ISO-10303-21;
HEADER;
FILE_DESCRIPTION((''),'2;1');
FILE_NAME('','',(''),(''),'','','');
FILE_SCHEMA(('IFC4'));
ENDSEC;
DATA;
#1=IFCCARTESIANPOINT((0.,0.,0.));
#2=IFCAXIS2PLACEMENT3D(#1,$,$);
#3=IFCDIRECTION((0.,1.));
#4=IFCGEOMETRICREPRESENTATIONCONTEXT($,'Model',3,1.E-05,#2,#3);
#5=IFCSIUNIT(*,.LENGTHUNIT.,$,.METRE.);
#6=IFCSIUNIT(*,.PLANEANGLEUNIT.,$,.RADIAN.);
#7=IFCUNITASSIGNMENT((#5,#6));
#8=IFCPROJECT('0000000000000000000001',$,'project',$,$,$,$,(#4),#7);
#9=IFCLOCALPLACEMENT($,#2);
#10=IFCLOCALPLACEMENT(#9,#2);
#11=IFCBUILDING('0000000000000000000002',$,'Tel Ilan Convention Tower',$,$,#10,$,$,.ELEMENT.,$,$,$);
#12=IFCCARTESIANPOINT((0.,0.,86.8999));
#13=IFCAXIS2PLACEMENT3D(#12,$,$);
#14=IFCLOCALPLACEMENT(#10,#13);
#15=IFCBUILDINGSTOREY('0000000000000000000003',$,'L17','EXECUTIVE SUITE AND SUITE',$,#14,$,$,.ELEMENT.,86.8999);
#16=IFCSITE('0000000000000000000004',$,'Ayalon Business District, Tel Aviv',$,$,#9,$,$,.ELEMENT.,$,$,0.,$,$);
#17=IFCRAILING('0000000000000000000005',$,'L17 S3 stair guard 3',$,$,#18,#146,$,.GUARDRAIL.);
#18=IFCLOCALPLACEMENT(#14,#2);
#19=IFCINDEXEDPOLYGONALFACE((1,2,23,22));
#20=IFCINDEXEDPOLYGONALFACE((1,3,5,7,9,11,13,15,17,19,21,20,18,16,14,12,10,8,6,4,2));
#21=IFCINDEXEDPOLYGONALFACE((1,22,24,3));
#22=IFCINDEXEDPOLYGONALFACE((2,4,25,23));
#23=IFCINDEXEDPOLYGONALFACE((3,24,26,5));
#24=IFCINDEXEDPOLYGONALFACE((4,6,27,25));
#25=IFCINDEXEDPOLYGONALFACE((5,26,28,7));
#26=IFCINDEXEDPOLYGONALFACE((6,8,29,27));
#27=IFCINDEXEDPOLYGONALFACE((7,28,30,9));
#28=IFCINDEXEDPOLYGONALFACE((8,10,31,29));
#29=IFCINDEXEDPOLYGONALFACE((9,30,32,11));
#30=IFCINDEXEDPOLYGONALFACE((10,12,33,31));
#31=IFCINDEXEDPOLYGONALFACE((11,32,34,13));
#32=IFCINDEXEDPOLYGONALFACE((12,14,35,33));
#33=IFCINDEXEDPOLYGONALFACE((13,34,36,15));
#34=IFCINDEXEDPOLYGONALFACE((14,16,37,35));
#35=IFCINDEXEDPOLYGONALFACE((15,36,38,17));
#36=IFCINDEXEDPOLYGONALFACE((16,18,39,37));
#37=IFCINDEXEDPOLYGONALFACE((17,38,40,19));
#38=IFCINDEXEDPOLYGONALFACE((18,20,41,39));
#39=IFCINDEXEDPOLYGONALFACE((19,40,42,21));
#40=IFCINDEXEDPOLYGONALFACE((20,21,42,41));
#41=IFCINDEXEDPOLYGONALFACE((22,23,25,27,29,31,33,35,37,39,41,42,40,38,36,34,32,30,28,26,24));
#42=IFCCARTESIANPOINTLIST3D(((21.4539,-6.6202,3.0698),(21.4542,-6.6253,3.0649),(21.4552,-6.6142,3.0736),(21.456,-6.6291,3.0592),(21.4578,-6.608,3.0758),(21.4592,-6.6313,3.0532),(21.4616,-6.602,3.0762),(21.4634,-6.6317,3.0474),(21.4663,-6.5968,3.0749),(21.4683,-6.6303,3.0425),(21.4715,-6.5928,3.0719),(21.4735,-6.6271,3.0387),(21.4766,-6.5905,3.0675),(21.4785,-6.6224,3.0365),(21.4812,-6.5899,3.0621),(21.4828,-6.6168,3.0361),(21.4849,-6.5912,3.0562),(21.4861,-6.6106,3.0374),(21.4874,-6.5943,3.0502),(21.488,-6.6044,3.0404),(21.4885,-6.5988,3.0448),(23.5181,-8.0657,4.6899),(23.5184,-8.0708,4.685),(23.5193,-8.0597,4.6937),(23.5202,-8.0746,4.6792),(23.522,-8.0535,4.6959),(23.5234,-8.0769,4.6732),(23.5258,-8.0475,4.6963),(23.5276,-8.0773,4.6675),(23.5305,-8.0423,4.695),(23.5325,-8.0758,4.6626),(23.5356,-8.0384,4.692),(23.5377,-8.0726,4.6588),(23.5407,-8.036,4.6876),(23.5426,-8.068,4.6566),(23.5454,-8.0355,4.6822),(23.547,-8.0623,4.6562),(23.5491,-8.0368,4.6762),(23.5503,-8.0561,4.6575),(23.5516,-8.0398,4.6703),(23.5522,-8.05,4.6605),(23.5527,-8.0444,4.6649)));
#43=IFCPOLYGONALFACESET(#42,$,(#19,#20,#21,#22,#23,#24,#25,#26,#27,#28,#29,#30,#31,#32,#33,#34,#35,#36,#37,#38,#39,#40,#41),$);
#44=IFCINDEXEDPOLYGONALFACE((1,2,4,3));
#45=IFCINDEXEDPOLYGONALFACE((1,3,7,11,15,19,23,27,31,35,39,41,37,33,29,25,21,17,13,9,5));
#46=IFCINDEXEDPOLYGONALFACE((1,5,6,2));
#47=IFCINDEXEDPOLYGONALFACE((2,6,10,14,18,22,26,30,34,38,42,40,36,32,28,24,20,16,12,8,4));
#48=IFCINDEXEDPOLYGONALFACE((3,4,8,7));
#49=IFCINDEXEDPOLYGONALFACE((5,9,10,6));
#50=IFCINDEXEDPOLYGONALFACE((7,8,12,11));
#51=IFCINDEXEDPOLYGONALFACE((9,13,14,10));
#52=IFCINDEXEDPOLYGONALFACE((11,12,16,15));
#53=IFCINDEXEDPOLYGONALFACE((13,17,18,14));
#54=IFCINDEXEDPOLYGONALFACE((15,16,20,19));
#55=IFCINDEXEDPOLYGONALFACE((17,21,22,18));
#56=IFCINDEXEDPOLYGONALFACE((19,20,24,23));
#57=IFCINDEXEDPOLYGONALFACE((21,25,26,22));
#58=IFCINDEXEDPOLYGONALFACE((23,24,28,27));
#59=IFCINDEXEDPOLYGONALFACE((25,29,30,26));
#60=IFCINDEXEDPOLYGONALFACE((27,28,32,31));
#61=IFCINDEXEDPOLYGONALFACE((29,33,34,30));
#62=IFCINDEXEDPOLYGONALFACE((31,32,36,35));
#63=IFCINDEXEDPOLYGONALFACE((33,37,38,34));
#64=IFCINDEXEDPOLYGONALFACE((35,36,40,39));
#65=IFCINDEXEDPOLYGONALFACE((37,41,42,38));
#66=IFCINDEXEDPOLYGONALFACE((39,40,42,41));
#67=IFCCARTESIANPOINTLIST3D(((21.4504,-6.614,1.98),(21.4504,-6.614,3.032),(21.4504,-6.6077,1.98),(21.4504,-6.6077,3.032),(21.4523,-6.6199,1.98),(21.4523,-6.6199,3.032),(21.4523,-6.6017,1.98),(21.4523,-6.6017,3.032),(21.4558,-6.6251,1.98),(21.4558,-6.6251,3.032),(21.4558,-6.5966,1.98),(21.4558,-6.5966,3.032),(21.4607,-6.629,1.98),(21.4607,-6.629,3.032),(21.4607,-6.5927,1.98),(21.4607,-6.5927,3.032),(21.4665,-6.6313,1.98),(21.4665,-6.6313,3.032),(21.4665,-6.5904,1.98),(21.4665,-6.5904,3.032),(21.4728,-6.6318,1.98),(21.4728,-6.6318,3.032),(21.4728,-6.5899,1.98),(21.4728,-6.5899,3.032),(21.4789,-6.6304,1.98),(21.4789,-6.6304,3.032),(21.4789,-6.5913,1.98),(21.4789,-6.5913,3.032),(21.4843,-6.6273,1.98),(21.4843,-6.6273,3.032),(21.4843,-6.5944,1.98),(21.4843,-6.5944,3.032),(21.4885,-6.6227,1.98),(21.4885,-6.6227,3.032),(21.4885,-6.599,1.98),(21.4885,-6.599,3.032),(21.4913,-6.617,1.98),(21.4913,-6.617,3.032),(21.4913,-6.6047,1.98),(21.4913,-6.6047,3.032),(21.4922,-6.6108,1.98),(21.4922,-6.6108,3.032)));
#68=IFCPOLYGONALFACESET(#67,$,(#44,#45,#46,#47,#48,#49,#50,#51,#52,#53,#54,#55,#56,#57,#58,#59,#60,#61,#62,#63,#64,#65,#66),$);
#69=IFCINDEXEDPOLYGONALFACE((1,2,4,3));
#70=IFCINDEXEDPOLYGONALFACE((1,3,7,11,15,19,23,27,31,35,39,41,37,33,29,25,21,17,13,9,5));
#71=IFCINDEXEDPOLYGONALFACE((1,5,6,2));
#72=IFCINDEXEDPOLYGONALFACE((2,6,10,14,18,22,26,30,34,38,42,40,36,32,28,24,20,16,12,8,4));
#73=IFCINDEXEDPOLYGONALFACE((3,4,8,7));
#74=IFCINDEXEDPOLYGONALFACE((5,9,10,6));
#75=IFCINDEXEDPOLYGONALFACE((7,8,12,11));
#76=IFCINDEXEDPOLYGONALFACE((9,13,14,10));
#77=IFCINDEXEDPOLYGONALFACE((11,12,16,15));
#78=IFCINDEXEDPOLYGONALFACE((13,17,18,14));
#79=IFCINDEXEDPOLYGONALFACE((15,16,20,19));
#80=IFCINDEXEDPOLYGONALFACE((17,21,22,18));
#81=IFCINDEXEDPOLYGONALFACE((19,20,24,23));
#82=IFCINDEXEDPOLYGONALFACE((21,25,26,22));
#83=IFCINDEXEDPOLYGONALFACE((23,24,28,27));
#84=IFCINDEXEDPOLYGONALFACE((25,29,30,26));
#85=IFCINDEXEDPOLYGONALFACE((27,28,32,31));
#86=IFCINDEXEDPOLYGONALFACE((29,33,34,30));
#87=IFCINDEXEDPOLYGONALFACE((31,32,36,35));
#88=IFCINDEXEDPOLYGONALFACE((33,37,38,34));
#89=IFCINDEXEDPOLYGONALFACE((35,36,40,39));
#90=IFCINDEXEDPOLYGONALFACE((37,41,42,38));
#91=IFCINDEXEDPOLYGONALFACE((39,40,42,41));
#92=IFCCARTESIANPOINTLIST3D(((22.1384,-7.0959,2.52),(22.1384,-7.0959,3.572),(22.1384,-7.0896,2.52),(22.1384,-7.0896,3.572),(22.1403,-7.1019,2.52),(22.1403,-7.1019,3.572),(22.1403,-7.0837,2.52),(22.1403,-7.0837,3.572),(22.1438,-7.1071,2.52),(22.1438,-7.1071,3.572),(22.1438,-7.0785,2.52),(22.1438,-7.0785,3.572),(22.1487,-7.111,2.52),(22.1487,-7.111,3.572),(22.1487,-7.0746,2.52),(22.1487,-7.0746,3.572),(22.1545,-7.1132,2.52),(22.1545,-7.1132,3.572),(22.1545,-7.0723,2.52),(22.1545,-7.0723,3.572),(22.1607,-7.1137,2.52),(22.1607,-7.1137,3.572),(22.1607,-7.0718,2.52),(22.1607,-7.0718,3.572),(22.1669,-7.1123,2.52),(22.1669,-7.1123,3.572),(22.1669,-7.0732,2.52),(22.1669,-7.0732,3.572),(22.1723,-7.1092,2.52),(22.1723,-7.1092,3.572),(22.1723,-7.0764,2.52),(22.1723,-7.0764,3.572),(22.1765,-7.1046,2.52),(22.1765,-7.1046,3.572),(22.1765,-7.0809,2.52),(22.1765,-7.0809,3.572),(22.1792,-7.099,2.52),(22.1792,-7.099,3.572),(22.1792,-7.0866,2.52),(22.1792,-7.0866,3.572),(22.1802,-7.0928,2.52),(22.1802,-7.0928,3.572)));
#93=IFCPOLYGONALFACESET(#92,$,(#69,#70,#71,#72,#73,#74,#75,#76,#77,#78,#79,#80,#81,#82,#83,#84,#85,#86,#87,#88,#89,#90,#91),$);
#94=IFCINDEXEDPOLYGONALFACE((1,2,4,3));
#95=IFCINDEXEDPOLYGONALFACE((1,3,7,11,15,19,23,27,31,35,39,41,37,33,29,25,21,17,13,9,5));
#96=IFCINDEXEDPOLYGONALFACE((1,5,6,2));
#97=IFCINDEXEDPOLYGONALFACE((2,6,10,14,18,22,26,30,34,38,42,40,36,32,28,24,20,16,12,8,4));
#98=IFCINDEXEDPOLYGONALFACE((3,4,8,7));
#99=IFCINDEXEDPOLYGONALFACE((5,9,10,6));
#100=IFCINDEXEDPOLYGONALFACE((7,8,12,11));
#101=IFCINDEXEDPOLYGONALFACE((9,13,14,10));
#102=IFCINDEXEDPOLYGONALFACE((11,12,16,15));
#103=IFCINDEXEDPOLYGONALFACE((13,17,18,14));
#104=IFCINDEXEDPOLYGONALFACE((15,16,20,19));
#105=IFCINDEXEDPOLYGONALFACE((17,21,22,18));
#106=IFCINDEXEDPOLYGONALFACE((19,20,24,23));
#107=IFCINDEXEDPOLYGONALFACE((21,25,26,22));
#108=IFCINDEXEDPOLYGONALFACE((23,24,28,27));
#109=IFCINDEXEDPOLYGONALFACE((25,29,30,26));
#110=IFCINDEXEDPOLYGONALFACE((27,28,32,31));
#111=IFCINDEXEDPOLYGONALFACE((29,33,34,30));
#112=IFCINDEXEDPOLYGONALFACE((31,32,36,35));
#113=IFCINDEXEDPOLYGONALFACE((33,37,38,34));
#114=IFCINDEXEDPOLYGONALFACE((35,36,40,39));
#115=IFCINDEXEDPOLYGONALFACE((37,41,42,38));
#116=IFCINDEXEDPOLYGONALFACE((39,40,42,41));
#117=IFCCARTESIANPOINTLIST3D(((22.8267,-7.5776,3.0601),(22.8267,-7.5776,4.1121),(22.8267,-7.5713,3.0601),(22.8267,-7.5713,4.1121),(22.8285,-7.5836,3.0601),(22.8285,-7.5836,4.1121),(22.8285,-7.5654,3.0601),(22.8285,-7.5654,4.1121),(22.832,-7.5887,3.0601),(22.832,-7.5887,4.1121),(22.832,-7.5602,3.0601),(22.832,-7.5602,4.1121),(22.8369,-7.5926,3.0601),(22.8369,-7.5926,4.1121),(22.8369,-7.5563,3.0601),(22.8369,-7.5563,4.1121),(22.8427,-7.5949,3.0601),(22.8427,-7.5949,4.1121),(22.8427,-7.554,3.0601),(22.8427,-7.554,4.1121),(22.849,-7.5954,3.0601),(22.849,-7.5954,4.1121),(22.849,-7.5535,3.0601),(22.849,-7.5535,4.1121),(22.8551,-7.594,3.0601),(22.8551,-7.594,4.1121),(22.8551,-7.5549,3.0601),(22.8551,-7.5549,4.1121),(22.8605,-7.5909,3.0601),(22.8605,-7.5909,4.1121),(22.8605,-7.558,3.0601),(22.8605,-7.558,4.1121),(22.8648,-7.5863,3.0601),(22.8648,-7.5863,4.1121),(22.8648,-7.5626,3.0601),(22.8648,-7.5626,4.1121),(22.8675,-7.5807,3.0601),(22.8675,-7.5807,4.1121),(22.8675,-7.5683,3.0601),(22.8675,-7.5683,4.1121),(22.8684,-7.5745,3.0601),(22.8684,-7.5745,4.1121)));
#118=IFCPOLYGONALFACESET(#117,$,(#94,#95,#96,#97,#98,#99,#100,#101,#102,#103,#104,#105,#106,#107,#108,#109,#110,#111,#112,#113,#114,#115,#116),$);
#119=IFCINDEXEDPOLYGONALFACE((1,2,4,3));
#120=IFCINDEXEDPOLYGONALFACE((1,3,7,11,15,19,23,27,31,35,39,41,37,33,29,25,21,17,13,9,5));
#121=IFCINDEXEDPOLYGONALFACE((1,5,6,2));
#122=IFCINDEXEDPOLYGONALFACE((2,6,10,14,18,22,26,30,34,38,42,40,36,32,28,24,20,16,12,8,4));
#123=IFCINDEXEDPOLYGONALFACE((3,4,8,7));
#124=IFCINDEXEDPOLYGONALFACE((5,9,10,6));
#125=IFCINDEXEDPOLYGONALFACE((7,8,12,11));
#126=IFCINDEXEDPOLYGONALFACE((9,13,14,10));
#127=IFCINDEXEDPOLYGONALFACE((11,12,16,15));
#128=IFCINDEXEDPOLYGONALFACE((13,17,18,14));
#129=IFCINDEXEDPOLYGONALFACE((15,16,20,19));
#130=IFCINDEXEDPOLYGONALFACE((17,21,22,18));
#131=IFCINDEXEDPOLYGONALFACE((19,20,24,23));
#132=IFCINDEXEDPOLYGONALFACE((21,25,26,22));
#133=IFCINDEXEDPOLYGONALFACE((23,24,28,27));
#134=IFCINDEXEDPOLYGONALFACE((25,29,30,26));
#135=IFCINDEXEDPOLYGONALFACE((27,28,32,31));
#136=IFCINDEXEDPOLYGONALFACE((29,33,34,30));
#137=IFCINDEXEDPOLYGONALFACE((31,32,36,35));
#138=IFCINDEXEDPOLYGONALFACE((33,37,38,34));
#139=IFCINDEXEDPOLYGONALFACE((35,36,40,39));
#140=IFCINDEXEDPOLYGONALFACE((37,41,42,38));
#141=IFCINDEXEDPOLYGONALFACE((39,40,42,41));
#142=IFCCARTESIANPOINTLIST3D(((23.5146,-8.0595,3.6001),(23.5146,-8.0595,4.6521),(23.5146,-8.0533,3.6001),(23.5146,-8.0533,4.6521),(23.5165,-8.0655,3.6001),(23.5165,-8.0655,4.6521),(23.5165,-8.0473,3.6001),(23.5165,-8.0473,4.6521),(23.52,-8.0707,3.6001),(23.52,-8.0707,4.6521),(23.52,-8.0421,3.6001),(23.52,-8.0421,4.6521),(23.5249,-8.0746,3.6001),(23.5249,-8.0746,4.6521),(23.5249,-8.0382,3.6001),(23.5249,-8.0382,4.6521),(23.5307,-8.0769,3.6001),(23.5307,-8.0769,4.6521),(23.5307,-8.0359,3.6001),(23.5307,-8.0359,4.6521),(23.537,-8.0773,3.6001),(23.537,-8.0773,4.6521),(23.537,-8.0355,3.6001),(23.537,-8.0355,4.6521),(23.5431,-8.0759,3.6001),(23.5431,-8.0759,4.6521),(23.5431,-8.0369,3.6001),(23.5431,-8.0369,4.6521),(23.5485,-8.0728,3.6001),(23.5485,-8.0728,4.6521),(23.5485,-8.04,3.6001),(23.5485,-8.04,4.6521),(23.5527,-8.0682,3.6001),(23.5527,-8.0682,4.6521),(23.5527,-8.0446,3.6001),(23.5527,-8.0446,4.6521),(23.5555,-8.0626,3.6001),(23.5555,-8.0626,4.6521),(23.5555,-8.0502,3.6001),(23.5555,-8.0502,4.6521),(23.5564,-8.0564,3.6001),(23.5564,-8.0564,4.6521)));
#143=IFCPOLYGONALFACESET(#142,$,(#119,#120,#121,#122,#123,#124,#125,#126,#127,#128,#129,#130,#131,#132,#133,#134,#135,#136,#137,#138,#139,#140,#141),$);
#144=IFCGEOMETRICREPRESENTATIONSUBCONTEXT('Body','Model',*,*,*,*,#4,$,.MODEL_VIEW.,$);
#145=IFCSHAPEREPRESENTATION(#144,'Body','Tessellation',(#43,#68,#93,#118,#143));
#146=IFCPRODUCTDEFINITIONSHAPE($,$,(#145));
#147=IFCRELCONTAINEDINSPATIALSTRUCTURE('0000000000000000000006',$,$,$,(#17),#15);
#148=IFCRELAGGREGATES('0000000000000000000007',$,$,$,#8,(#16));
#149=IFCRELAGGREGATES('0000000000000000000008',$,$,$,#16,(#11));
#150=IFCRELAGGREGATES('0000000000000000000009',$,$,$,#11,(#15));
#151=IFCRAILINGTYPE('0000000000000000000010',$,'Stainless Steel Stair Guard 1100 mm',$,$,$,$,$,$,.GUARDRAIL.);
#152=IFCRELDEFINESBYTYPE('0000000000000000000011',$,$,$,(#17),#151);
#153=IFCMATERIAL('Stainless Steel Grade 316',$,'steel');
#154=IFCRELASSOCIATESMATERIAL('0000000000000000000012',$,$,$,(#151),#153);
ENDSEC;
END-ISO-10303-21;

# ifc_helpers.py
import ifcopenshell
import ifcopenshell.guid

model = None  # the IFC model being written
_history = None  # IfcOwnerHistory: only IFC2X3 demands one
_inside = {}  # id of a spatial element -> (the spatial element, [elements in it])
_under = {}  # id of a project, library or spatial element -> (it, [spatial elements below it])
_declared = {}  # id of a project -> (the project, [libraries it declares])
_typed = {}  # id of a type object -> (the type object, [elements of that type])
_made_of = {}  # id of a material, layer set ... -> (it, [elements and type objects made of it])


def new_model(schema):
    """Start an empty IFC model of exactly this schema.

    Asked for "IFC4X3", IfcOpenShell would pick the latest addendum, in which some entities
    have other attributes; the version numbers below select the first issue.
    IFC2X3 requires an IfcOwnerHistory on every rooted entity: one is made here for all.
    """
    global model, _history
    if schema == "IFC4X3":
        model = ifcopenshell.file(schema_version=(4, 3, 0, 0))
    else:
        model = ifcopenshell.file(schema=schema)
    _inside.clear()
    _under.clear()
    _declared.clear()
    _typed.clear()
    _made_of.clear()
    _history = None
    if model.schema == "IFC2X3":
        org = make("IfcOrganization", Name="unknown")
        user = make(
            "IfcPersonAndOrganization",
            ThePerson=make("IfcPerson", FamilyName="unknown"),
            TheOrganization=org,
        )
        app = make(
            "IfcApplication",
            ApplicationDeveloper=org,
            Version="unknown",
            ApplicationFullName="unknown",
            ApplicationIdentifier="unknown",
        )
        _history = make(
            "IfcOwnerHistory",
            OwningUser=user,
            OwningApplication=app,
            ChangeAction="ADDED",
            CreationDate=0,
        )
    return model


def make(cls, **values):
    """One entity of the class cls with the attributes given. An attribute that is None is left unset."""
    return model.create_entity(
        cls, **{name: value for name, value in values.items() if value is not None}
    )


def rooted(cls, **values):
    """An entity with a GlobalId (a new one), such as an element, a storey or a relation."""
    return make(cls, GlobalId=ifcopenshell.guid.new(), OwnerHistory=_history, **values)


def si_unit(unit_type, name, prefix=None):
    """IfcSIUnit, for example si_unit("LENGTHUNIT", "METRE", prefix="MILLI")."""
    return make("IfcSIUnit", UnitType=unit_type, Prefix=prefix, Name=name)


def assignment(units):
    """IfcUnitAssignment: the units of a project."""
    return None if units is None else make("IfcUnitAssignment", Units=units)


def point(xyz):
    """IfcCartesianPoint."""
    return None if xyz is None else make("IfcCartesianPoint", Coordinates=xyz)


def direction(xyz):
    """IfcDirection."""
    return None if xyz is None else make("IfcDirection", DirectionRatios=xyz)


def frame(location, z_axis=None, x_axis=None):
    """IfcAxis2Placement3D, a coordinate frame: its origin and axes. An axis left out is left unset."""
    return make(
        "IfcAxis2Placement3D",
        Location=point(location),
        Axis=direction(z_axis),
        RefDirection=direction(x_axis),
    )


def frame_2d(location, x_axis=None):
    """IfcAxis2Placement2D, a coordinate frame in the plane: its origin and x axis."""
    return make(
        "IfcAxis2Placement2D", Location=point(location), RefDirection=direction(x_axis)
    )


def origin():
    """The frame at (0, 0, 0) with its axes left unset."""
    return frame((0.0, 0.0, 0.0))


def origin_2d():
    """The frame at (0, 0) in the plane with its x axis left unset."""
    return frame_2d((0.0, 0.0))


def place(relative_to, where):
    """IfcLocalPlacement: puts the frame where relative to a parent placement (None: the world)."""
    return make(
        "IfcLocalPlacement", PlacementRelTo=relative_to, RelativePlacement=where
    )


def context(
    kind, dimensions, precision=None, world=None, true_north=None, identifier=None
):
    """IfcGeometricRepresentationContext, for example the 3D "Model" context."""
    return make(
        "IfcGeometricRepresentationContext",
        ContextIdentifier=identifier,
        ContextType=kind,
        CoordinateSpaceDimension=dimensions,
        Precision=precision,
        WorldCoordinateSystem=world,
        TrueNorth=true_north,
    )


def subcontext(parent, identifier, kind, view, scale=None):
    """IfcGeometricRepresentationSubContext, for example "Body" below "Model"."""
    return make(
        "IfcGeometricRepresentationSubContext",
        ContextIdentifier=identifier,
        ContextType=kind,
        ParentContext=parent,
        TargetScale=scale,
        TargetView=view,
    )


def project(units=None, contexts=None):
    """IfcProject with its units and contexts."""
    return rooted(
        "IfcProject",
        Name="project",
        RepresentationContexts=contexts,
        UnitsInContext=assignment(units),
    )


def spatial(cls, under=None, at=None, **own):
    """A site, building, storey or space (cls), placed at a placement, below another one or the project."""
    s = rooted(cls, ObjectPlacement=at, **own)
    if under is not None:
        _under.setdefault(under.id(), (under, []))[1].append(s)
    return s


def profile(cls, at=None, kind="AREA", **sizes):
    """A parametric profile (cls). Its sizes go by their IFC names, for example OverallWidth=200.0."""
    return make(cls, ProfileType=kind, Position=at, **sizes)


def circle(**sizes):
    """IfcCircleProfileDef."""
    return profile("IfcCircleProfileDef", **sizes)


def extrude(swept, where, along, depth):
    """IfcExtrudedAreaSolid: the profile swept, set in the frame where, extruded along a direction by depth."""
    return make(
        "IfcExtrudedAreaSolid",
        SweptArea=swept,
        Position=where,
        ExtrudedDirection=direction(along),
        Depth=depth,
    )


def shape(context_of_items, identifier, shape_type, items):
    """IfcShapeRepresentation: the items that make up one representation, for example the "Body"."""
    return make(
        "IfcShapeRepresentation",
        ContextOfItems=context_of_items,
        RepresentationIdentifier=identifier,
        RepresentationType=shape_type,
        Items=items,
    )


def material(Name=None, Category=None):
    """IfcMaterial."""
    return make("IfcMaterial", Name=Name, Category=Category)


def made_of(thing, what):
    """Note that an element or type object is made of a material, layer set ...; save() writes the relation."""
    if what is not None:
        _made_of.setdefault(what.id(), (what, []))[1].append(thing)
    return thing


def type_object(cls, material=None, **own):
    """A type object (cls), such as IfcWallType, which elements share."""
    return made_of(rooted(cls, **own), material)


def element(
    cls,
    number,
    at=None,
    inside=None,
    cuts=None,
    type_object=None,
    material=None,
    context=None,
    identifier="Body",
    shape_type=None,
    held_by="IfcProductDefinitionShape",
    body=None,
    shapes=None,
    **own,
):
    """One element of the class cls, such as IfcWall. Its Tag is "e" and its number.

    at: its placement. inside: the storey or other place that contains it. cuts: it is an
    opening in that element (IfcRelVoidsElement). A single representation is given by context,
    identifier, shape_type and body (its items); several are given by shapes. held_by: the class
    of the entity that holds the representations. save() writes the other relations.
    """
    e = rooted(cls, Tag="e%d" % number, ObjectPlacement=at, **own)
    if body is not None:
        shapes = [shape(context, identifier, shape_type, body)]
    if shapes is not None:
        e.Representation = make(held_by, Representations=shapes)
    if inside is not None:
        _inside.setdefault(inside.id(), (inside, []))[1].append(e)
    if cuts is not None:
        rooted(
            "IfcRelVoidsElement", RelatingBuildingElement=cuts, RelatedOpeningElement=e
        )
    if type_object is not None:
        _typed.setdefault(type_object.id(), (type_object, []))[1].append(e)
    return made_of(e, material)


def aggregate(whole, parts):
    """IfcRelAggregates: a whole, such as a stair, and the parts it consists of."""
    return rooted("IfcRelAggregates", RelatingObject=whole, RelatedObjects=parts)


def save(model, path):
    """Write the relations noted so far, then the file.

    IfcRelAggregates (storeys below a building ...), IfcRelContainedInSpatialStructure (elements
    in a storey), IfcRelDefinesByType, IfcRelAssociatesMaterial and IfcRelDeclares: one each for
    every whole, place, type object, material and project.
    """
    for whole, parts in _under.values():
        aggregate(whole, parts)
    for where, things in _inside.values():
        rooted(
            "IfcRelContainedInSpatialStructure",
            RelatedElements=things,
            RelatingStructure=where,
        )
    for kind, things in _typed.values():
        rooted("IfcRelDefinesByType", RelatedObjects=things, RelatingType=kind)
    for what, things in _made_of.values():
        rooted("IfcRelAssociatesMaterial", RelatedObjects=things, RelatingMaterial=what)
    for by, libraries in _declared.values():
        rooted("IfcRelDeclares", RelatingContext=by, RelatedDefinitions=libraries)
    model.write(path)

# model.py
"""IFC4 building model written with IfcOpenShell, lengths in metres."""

from ifc_helpers import new_model, si_unit, direction, frame, origin, origin_2d, place, context, subcontext, project, spatial, circle, extrude, material, type_object, element, save


model = new_model("IFC4")

# Units and contexts
model_context = context("Model", 3, precision=1e-05, world=origin(), true_north=direction((0.0, 1.0)))
body_context = subcontext(model_context, "Body", "Model", "MODEL_VIEW")
ifc_project = project(units=[si_unit("LENGTHUNIT", "METRE"), si_unit("PLANEANGLEUNIT", "RADIAN")], contexts=[model_context])

# Site, building, storey
site_placement = place(None, origin())
site = spatial("IfcSite", under=ifc_project, at=site_placement, Name="Ayalon Business District, Tel Aviv", CompositionType="ELEMENT", RefElevation=0.0)
building_placement = place(site_placement, origin())
building = spatial("IfcBuilding", under=site, at=building_placement, Name="Tel Ilan Convention Tower", CompositionType="ELEMENT")
storey_placement = place(building_placement, frame((0.0, 0.0, 86.8999)))
storey = spatial("IfcBuildingStorey", under=building, at=storey_placement, Name="L17", Description="EXECUTIVE SUITE AND SUITE", CompositionType="ELEMENT", Elevation=86.8999)

# Railing
ifc_material_1 = material(Name="Stainless Steel Grade 316", Category="steel")
railing_type_1 = type_object("IfcRailingType", Name="Stainless Steel Stair Guard 1100 mm", PredefinedType="GUARDRAIL", material=ifc_material_1)
railing_1_placement = place(storey_placement, frame((21.4712, -6.6108, 1.98)))
element("IfcRailing", 1, at=railing_1_placement, inside=storey, type_object=railing_type_1, Name="L17 S3 stair guard 3", PredefinedType="GUARDRAIL", context=body_context, shape_type="SweptSolid", body=[
    extrude(circle(Radius=0.0239, at=origin_2d()), frame((0.0, 0.0, 1.0762), z_axis=(0.689013, -0.482513, 0.540779), x_axis=(0.573625, 0.819118, 0.0)), (0.0, 0.0, 1.0), 2.9958),
    extrude(circle(Radius=0.021, at=origin_2d()), origin(), (0.0, 0.0, 1.0), 1.052),
    extrude(circle(Radius=0.021, at=origin_2d()), frame((0.688, -0.4819, 0.54)), (0.0, 0.0, 1.0), 1.052),
    extrude(circle(Radius=0.021, at=origin_2d()), frame((1.3762, -0.9636, 1.0801)), (0.0, 0.0, 1.0), 1.052),
    extrude(circle(Radius=0.021, at=origin_2d()), frame((2.0642, -1.4456, 1.6201)), (0.0, 0.0, 1.0), 1.052),
])

save(model, "model.ifc")
